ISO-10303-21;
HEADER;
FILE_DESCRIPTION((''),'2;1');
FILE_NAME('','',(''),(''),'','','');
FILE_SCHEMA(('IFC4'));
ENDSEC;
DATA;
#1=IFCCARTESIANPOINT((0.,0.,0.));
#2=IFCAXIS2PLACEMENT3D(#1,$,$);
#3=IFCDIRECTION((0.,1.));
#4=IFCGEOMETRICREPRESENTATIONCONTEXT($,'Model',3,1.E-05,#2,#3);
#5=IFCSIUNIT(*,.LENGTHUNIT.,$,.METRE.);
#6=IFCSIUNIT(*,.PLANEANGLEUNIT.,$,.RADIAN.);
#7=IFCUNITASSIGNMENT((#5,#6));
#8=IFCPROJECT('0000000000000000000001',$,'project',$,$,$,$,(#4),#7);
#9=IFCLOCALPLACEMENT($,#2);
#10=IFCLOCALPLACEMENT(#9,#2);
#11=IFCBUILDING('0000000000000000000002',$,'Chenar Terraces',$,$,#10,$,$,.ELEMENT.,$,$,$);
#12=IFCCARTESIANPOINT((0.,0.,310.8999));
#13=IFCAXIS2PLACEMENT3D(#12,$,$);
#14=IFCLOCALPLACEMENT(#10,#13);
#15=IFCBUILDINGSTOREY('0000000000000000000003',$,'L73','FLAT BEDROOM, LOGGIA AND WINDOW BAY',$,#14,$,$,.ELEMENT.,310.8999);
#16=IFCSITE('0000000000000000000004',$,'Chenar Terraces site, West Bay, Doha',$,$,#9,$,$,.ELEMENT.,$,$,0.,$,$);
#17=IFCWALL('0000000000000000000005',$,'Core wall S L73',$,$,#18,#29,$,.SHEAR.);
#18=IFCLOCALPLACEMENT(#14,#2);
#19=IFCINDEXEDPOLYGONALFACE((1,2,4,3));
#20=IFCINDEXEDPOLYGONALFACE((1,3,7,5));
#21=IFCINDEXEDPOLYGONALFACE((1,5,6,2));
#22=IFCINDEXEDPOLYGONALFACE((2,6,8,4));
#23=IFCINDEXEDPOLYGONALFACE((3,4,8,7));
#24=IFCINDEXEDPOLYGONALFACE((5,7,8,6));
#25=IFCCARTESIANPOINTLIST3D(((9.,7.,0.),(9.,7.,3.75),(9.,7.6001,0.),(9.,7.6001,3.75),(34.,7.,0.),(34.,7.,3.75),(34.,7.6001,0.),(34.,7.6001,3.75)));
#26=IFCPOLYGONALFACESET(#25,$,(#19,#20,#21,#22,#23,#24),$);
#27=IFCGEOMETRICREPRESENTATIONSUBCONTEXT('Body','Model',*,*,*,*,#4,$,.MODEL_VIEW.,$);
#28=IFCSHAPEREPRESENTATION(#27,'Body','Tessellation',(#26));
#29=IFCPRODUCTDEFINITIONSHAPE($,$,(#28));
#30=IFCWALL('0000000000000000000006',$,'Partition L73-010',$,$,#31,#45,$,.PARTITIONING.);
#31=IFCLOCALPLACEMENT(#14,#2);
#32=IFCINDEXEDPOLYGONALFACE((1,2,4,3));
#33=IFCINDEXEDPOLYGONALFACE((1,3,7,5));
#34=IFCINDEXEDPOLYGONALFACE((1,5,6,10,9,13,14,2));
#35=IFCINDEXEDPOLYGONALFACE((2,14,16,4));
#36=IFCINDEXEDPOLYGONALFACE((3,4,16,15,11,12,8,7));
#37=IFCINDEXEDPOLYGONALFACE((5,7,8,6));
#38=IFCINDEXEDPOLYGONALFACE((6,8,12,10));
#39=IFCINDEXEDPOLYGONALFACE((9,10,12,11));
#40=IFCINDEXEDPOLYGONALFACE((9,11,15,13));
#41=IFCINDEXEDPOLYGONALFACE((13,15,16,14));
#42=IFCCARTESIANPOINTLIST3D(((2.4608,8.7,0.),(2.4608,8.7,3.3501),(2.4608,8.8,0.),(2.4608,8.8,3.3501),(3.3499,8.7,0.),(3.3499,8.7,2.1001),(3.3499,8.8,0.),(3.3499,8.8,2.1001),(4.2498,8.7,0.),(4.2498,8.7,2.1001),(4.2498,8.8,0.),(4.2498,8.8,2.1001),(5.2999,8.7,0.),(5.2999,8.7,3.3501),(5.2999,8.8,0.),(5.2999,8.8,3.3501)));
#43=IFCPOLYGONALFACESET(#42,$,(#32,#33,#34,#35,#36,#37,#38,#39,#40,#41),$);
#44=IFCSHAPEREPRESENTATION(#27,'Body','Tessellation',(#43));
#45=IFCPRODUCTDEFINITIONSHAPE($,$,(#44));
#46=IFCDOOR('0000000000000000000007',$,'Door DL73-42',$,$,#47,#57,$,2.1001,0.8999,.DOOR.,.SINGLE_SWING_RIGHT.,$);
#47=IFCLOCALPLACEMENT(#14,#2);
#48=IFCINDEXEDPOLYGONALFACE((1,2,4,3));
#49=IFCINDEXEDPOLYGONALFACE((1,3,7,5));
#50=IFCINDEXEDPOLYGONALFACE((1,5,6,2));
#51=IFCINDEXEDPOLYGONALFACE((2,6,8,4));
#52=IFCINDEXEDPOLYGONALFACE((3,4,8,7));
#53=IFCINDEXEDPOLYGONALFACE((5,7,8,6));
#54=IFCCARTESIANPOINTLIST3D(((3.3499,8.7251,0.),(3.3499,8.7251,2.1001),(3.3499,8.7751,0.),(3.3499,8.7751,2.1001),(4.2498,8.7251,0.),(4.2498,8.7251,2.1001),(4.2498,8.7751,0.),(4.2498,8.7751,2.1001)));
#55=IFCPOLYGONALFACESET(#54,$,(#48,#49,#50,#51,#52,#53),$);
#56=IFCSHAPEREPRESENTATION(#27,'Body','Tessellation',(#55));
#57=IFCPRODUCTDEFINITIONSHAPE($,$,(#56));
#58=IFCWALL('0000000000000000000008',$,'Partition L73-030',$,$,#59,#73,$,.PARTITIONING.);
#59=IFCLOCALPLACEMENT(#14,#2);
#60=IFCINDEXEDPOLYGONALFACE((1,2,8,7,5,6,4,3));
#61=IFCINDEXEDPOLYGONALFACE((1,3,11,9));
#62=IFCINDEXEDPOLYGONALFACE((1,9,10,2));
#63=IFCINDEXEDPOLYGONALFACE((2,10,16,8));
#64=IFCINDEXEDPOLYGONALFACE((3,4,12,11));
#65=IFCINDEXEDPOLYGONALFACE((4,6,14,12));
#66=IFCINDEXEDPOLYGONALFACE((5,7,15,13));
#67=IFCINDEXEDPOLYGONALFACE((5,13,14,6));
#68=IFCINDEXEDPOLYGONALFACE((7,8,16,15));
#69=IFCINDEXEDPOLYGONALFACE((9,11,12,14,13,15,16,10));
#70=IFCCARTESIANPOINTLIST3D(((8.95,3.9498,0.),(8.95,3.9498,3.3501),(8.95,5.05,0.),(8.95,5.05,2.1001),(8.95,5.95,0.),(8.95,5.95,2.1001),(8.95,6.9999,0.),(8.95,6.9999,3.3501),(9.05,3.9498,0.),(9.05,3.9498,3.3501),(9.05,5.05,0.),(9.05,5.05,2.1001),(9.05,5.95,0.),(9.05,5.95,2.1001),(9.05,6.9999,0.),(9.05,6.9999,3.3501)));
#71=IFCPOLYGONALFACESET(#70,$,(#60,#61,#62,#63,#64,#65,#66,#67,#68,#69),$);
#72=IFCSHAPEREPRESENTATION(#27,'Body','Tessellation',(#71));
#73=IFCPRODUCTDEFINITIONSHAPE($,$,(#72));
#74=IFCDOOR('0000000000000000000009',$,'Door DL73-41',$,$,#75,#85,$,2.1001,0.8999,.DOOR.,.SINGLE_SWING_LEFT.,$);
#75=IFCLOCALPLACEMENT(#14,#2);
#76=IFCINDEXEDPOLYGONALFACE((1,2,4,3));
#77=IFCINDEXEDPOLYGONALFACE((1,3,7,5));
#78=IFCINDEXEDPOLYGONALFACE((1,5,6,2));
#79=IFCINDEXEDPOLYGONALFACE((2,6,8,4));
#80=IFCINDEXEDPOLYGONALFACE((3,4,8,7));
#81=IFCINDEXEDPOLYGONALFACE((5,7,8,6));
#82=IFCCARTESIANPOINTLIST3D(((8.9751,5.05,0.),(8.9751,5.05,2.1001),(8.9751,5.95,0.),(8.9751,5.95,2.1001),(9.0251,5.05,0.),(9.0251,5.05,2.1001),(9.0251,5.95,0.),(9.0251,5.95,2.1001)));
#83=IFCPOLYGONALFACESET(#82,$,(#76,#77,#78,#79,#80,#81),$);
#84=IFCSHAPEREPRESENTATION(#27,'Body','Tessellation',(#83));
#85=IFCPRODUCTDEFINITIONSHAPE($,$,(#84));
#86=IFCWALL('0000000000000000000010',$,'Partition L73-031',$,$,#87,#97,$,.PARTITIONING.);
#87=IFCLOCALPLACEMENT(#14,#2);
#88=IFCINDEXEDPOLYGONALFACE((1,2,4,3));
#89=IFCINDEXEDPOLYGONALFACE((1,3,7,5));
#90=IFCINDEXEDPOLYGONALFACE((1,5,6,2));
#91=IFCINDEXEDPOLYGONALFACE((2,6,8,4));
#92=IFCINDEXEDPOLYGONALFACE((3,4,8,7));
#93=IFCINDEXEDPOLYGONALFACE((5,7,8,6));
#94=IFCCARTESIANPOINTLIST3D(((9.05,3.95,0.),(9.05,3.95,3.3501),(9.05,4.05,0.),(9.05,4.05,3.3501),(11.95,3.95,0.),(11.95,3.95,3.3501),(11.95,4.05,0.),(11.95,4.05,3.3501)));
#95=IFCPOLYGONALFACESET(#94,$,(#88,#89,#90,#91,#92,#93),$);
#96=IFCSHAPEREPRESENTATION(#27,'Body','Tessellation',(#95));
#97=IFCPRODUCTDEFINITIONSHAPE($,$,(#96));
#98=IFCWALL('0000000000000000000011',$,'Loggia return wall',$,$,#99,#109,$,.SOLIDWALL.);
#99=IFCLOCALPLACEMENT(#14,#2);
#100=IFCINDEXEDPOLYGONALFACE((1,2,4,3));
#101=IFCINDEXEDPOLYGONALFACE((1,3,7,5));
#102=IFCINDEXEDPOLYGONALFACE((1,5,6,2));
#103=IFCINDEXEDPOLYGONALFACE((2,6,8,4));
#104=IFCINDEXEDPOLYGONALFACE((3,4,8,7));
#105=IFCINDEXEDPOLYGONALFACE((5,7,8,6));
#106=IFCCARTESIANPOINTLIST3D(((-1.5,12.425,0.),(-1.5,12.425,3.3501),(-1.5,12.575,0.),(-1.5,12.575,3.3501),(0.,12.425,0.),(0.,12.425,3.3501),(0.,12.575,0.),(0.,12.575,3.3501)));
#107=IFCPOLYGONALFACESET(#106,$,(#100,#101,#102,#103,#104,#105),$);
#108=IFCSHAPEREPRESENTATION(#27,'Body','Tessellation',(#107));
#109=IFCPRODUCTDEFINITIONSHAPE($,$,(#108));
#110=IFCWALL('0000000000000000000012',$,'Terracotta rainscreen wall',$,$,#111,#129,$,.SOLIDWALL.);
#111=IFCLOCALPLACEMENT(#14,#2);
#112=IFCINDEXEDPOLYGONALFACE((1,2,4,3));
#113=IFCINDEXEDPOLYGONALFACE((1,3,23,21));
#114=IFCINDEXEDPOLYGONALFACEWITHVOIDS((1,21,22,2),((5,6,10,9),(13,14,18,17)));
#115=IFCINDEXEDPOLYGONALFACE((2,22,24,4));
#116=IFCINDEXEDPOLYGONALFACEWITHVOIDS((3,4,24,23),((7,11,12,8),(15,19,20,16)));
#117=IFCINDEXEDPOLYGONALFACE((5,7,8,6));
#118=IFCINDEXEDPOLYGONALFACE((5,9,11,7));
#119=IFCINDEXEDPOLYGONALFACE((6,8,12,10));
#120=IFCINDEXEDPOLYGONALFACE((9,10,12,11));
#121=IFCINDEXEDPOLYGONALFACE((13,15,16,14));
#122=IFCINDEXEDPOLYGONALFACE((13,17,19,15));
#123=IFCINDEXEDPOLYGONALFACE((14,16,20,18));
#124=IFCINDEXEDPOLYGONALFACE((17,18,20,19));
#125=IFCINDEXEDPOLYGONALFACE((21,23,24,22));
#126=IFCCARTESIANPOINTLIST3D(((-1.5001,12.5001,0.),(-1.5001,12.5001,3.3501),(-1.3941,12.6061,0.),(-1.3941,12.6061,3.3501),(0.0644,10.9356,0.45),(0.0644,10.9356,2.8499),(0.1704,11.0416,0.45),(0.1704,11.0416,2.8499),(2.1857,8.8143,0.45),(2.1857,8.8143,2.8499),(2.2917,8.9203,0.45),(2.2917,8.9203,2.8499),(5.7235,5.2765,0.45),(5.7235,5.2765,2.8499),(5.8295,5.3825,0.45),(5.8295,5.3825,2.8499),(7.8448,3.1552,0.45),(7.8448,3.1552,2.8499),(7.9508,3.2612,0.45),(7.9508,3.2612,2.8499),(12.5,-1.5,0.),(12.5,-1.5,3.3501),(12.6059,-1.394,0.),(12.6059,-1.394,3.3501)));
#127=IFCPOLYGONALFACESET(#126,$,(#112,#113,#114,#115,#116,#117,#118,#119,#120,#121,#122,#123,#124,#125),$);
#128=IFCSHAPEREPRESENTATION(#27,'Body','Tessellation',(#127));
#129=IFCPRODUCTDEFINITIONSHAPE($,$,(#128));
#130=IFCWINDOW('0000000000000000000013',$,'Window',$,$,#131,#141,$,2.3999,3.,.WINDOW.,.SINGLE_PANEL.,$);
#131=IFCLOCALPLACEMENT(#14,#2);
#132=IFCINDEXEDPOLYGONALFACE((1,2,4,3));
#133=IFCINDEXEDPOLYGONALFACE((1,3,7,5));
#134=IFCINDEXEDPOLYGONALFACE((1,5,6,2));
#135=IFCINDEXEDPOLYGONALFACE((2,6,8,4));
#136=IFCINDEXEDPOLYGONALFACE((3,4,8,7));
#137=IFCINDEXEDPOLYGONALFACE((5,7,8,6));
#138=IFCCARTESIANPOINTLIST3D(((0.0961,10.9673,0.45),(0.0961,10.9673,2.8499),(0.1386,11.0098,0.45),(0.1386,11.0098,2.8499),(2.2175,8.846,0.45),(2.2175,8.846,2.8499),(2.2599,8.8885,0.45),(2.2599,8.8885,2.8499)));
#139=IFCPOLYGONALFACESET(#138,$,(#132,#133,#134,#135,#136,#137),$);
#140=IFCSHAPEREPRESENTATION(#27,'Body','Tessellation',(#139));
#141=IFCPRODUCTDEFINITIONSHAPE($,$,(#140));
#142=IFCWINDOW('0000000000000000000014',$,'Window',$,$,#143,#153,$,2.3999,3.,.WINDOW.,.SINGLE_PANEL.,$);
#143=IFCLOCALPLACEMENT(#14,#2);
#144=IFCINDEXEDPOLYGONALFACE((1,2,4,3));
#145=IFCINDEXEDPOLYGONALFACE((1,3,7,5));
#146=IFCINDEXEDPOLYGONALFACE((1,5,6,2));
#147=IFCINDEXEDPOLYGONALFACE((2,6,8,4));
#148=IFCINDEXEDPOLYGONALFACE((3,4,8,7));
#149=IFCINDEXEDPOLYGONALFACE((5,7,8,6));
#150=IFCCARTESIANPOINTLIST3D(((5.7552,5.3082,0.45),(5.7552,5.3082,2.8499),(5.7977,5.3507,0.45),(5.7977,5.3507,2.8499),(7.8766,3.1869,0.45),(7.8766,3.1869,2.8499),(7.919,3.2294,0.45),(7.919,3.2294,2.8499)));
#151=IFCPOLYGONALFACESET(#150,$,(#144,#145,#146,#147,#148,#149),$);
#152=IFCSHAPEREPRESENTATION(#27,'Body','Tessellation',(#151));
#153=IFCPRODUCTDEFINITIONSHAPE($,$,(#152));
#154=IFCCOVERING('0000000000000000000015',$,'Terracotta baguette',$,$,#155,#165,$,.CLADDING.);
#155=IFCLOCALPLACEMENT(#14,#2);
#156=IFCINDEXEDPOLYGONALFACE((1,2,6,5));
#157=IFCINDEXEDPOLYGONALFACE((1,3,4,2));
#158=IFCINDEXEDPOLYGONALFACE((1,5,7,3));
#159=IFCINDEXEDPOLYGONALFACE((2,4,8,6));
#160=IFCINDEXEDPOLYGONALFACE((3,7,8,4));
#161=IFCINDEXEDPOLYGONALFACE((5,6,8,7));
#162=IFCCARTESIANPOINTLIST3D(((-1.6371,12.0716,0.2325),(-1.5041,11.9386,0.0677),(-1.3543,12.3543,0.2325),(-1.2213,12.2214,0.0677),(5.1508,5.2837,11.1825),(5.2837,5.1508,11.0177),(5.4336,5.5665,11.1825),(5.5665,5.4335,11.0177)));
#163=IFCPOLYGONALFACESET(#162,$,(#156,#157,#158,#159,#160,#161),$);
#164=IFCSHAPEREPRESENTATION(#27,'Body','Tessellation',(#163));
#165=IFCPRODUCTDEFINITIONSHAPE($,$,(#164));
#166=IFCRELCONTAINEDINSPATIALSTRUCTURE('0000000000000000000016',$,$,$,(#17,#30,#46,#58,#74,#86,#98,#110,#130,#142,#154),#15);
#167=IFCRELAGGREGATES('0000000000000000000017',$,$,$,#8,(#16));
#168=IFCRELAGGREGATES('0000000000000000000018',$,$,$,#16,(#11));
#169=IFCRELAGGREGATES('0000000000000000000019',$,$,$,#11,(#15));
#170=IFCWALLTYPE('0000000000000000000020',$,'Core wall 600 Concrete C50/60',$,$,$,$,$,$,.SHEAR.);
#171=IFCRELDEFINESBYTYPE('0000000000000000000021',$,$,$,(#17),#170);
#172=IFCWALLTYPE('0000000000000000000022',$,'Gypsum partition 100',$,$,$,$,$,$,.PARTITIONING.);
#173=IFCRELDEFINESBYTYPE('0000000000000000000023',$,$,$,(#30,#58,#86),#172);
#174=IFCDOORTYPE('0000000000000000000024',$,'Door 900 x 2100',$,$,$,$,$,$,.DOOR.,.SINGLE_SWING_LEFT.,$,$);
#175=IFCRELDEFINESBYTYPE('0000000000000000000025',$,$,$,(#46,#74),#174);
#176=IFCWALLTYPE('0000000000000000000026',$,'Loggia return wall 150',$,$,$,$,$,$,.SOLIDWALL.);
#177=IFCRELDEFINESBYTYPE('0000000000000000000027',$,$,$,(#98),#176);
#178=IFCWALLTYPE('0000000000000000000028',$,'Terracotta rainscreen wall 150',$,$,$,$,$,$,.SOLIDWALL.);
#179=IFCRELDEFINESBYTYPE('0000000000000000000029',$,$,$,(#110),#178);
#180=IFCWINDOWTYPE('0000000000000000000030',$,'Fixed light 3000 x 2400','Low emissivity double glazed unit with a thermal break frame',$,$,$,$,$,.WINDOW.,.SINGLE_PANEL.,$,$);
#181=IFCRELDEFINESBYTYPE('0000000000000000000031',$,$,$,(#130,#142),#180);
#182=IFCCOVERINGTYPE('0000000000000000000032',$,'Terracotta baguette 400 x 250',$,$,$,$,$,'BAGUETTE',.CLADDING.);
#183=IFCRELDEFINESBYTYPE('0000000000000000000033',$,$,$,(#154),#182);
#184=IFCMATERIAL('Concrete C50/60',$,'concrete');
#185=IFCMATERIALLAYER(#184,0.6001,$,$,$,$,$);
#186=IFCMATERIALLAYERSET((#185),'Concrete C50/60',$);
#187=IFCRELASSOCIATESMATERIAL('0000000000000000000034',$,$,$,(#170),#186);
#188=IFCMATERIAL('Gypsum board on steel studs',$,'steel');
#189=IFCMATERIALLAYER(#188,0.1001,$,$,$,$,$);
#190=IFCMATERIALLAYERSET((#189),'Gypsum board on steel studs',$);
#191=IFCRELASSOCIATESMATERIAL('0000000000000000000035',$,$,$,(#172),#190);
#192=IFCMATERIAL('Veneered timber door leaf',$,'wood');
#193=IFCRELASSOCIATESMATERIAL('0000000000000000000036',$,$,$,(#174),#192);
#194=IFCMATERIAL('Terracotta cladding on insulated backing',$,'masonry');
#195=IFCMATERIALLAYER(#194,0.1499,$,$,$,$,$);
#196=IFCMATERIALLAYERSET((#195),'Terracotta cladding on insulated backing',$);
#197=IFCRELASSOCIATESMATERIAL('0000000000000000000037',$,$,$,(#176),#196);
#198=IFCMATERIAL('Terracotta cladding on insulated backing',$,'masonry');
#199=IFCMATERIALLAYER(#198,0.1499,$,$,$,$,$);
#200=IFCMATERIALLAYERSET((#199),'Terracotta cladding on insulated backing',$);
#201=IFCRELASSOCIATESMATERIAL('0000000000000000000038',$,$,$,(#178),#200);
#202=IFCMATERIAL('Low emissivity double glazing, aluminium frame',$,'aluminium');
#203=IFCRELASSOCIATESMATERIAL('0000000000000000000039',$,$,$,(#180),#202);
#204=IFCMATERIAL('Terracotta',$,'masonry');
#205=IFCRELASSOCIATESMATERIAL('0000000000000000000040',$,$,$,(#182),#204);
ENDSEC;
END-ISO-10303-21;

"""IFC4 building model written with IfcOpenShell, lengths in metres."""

from ifc_helpers import new_model, si_unit, direction, frame, frame_2d, origin, origin_2d, place, context, subcontext, project, spatial, rectangle, extrude, material, layer, layer_set, material_profile, profile_set, type_object, element, fill, save


model = new_model("IFC4")

# Units and contexts
model_context = context("Model", 3, precision=1e-05, world=origin(), true_north=direction((0.0, 1.0)))
body_context = subcontext(model_context, "Body", "Model", "MODEL_VIEW")
ifc_project = project(units=[si_unit("LENGTHUNIT", "METRE"), si_unit("PLANEANGLEUNIT", "RADIAN")], contexts=[model_context])

# Site, building, storey
site_placement = place(None, origin())
site = spatial("IfcSite", under=ifc_project, at=site_placement, Name="Chenar Terraces site, West Bay, Doha", CompositionType="ELEMENT", RefElevation=0.0)
building_placement = place(site_placement, origin())
building = spatial("IfcBuilding", under=site, at=building_placement, Name="Chenar Terraces", CompositionType="ELEMENT")
storey_placement = place(building_placement, frame((0.0, 0.0, 310.8999)))
storey = spatial("IfcBuildingStorey", under=building, at=storey_placement, Name="L73", Description="FLAT BEDROOM, LOGGIA AND WINDOW BAY", CompositionType="ELEMENT", Elevation=310.8999)

# Wall
ifc_material_1 = material(Name="Concrete C50/60", Category="concrete")
ifc_layer_1 = layer(ifc_material_1, 0.6001)
ifc_layer_set_1 = layer_set([ifc_layer_1], Name="Concrete C50/60")
wall_type_1 = type_object("IfcWallType", Name="Core wall 600 Concrete C50/60", PredefinedType="SHEAR", material=ifc_layer_set_1)
wall_1_placement = place(storey_placement, frame((9.0, 7.3, 0.0), z_axis=(0.0, 0.0, 1.0), x_axis=(1.0, 0.0, 0.0)))
element("IfcWall", 1, at=wall_1_placement, inside=storey, type_object=wall_type_1, Name="Core wall S L73", PredefinedType="SHEAR", context=body_context, shape_type="SweptSolid", body=[
    extrude(rectangle(XDim=25.0, YDim=0.6001, at=frame_2d((12.5, 0.0))), origin(), (0.0, 0.0, 1.0), 3.75),
])

# Walls, openings, doors
ifc_material_2 = material(Name="Gypsum board on steel studs", Category="steel")
ifc_layer_2 = layer(ifc_material_2, 0.1001)
ifc_layer_set_2 = layer_set([ifc_layer_2], Name="Gypsum board on steel studs")
wall_type_2 = type_object("IfcWallType", Name="Gypsum partition 100", PredefinedType="PARTITIONING", material=ifc_layer_set_2)
wall_2_placement = place(storey_placement, frame((2.4609, 8.75, 0.0), z_axis=(0.0, 0.0, 1.0), x_axis=(1.0, 0.0, 0.0)))
wall_2 = element("IfcWall", 2, at=wall_2_placement, inside=storey, type_object=wall_type_2, Name="Partition L73-010", PredefinedType="PARTITIONING", context=body_context, shape_type="SweptSolid", body=[
    extrude(rectangle(XDim=2.8391, YDim=0.1001, at=frame_2d((1.4194, 0.0))), origin(), (0.0, 0.0, 1.0), 3.3501),
])
opening_1_placement = place(wall_2_placement, frame((0.8889, 0.0, 0.0)))
opening_1 = element("IfcOpeningElement", 3, at=opening_1_placement, cuts=wall_2, PredefinedType="OPENING", context=body_context, shape_type="SweptSolid", body=[
    extrude(rectangle(XDim=0.8999, YDim=2.1001, at=frame_2d((0.45, 1.05))), frame((0.0, 0.0601, 0.0), z_axis=(0.0, -1.0, 0.0), x_axis=(1.0, 0.0, 0.0)), (0.0, 0.0, 1.0), 0.1201),
])
ifc_material_3 = material(Name="Veneered timber door leaf", Category="wood")
door_type = type_object("IfcDoorType", Name="Door 900 x 2100", OperationType="SINGLE_SWING_LEFT", PredefinedType="DOOR", material=ifc_material_3)
door_1_placement = place(opening_1_placement, frame((0.8999, 0.0, 0.0), z_axis=(0.0, 0.0, 1.0), x_axis=(-1.0, 0.0, 0.0)))
door_1 = element("IfcDoor", 4, at=door_1_placement, inside=storey, type_object=door_type, Name="Door DL73-42", OperationType="SINGLE_SWING_RIGHT", OverallHeight=2.1001, OverallWidth=0.8999, PredefinedType="DOOR", context=body_context, shape_type="SweptSolid", body=[
    extrude(rectangle(XDim=0.8999, YDim=2.1001, at=frame_2d((0.45, 1.05))), frame((0.0, 0.0249, 0.0), z_axis=(0.0, -1.0, 0.0), x_axis=(1.0, 0.0, 0.0)), (0.0, 0.0, 1.0), 0.05),
])
fill(opening_1, door_1)
wall_3_placement = place(storey_placement, frame((9.0, 3.95, 0.0), z_axis=(0.0, 0.0, 1.0), x_axis=(0.0, 1.0, 0.0)))
wall_3 = element("IfcWall", 5, at=wall_3_placement, inside=storey, type_object=wall_type_2, Name="Partition L73-030", PredefinedType="PARTITIONING", context=body_context, shape_type="SweptSolid", body=[
    extrude(rectangle(XDim=3.05, YDim=0.1001, at=frame_2d((1.5249, 0.0))), origin(), (0.0, 0.0, 1.0), 3.3501),
])
opening_2_placement = place(wall_3_placement, frame((1.1001, 0.0, 0.0)))
opening_2 = element("IfcOpeningElement", 6, at=opening_2_placement, cuts=wall_3, PredefinedType="OPENING", context=body_context, shape_type="SweptSolid", body=[
    extrude(rectangle(XDim=0.8999, YDim=2.1001, at=frame_2d((0.45, 1.05))), frame((0.0, 0.0601, 0.0), z_axis=(0.0, -1.0, 0.0), x_axis=(1.0, 0.0, 0.0)), (0.0, 0.0, 1.0), 0.1201),
])
door_2_placement = place(opening_2_placement, origin())
door_2 = element("IfcDoor", 7, at=door_2_placement, inside=storey, type_object=door_type, Name="Door DL73-41", OperationType="SINGLE_SWING_LEFT", OverallHeight=2.1001, OverallWidth=0.8999, PredefinedType="DOOR", context=body_context, shape_type="SweptSolid", body=[
    extrude(rectangle(XDim=0.8999, YDim=2.1001, at=frame_2d((0.45, 1.05))), frame((0.0, 0.0249, 0.0), z_axis=(0.0, -1.0, 0.0), x_axis=(1.0, 0.0, 0.0)), (0.0, 0.0, 1.0), 0.05),
])
fill(opening_2, door_2)

# Walls
wall_4_placement = place(storey_placement, frame((9.05, 4.0, 0.0), z_axis=(0.0, 0.0, 1.0), x_axis=(1.0, 0.0, 0.0)))
element("IfcWall", 8, at=wall_4_placement, inside=storey, type_object=wall_type_2, Name="Partition L73-031", PredefinedType="PARTITIONING", context=body_context, shape_type="SweptSolid", body=[
    extrude(rectangle(XDim=2.8999, YDim=0.1001, at=frame_2d((1.45, 0.0))), origin(), (0.0, 0.0, 1.0), 3.3501),
])
ifc_material_4 = material(Name="Terracotta cladding on insulated backing", Category="masonry")
ifc_layer_3 = layer(ifc_material_4, 0.1499)
ifc_layer_set_3 = layer_set([ifc_layer_3], Name="Terracotta cladding on insulated backing")
wall_type_3 = type_object("IfcWallType", Name="Loggia return wall 150", PredefinedType="SOLIDWALL", material=ifc_layer_set_3)
wall_5_placement = place(storey_placement, frame((-1.5, 12.5, 0.0), z_axis=(0.0, 0.0, 1.0), x_axis=(1.0, 0.0, 0.0)))
element("IfcWall", 9, at=wall_5_placement, inside=storey, type_object=wall_type_3, Name="Loggia return wall", PredefinedType="SOLIDWALL", context=body_context, shape_type="SweptSolid", body=[
    extrude(rectangle(XDim=1.5, YDim=0.1499, at=frame_2d((0.75, 0.0))), origin(), (0.0, 0.0, 1.0), 3.3501),
])

# Wall, openings, windows
ifc_material_5 = material(Name="Terracotta cladding on insulated backing", Category="masonry")
ifc_layer_4 = layer(ifc_material_5, 0.1499)
ifc_layer_set_4 = layer_set([ifc_layer_4], Name="Terracotta cladding on insulated backing")
wall_type_4 = type_object("IfcWallType", Name="Terracotta rainscreen wall 150", PredefinedType="SOLIDWALL", material=ifc_layer_set_4)
wall_6_placement = place(storey_placement, frame((-1.447, 12.553, 0.0), z_axis=(0.0, 0.0, 1.0), x_axis=(0.707107, -0.707107, 0.0)))
wall_6 = element("IfcWall", 10, at=wall_6_placement, inside=storey, type_object=wall_type_4, Name="Terracotta rainscreen wall", PredefinedType="SOLIDWALL", context=body_context, shape_type="SweptSolid", body=[
    extrude(rectangle(XDim=19.7991, YDim=0.1499, at=frame_2d((9.8994, 0.0))), origin(), (0.0, 0.0, 1.0), 3.3501),
])
opening_3_placement = place(wall_6_placement, frame((2.2124, 0.0, 0.45)))
opening_3 = element("IfcOpeningElement", 11, at=opening_3_placement, cuts=wall_6, PredefinedType="OPENING", context=body_context, shape_type="SweptSolid", body=[
    extrude(rectangle(XDim=3.0, YDim=2.3999, at=frame_2d((1.5, 1.2))), frame((0.0, 0.085, 0.0), z_axis=(0.0, -1.0, 0.0), x_axis=(1.0, 0.0, 0.0)), (0.0, 0.0, 1.0), 0.1699),
])
opening_4_placement = place(wall_6_placement, frame((10.2156, 0.0, 0.45)))
opening_4 = element("IfcOpeningElement", 12, at=opening_4_placement, cuts=wall_6, PredefinedType="OPENING", context=body_context, shape_type="SweptSolid", body=[
    extrude(rectangle(XDim=3.0, YDim=2.3999, at=frame_2d((1.5, 1.2))), frame((0.0, 0.085, 0.0), z_axis=(0.0, -1.0, 0.0), x_axis=(1.0, 0.0, 0.0)), (0.0, 0.0, 1.0), 0.1699),
])
ifc_material_6 = material(Name="Low emissivity double glazing, aluminium frame", Category="aluminium")
window_type = type_object("IfcWindowType", Name="Fixed light 3000 x 2400", Description="Low emissivity double glazed unit with a thermal break frame", PartitioningType="SINGLE_PANEL", PredefinedType="WINDOW", material=ifc_material_6)
window_1_placement = place(opening_3_placement, origin())
window_1 = element("IfcWindow", 13, at=window_1_placement, inside=storey, type_object=window_type, Name="Window", OverallHeight=2.3999, OverallWidth=3.0, PartitioningType="SINGLE_PANEL", PredefinedType="WINDOW", context=body_context, shape_type="SweptSolid", body=[
    extrude(rectangle(XDim=3.0, YDim=2.3999, at=frame_2d((1.5, 1.2))), frame((0.0, 0.03, 0.0), z_axis=(0.0, -1.0, 0.0), x_axis=(1.0, 0.0, 0.0)), (0.0, 0.0, 1.0), 0.0601),
])
fill(opening_3, window_1)
window_2_placement = place(opening_4_placement, origin())
window_2 = element("IfcWindow", 14, at=window_2_placement, inside=storey, type_object=window_type, Name="Window", OverallHeight=2.3999, OverallWidth=3.0, PartitioningType="SINGLE_PANEL", PredefinedType="WINDOW", context=body_context, shape_type="SweptSolid", body=[
    extrude(rectangle(XDim=3.0, YDim=2.3999, at=frame_2d((1.5, 1.2))), frame((0.0, 0.03, 0.0), z_axis=(0.0, -1.0, 0.0), x_axis=(1.0, 0.0, 0.0)), (0.0, 0.0, 1.0), 0.0601),
])
fill(opening_4, window_2)

# Covering
ifc_material_7 = material(Name="Terracotta", Category="masonry")
ifc_material_profile = material_profile(ifc_material_7, rectangle(XDim=0.3999, YDim=0.25, at=origin_2d()), Name="Terracotta baguette 400 x 250")
ifc_profile_set = profile_set([ifc_material_profile], Name="Terracotta")
covering_type = type_object("IfcCoveringType", Name="Terracotta baguette 400 x 250", ElementType="BAGUETTE", PredefinedType="CLADDING", material=ifc_profile_set)
for number, where, z_axis, x_axis, name in (
    (15, (-1.4292, 12.1465, 0.1501), (0.466135, -0.466135, 0.751955), (0.707107, 0.707107, 0.0), "Terracotta baguette"),
):
    element("IfcCovering", number, at=place(storey_placement, frame(where, z_axis=z_axis, x_axis=x_axis)), inside=storey, type_object=covering_type, Name=name, PredefinedType="CLADDING", context=body_context, shape_type="SweptSolid", body=[
        extrude(rectangle(XDim=0.3999, YDim=0.25, at=origin_2d()), origin(), (0.0, 0.0, 1.0), 14.562),
    ])

save(model, "model.ifc")
